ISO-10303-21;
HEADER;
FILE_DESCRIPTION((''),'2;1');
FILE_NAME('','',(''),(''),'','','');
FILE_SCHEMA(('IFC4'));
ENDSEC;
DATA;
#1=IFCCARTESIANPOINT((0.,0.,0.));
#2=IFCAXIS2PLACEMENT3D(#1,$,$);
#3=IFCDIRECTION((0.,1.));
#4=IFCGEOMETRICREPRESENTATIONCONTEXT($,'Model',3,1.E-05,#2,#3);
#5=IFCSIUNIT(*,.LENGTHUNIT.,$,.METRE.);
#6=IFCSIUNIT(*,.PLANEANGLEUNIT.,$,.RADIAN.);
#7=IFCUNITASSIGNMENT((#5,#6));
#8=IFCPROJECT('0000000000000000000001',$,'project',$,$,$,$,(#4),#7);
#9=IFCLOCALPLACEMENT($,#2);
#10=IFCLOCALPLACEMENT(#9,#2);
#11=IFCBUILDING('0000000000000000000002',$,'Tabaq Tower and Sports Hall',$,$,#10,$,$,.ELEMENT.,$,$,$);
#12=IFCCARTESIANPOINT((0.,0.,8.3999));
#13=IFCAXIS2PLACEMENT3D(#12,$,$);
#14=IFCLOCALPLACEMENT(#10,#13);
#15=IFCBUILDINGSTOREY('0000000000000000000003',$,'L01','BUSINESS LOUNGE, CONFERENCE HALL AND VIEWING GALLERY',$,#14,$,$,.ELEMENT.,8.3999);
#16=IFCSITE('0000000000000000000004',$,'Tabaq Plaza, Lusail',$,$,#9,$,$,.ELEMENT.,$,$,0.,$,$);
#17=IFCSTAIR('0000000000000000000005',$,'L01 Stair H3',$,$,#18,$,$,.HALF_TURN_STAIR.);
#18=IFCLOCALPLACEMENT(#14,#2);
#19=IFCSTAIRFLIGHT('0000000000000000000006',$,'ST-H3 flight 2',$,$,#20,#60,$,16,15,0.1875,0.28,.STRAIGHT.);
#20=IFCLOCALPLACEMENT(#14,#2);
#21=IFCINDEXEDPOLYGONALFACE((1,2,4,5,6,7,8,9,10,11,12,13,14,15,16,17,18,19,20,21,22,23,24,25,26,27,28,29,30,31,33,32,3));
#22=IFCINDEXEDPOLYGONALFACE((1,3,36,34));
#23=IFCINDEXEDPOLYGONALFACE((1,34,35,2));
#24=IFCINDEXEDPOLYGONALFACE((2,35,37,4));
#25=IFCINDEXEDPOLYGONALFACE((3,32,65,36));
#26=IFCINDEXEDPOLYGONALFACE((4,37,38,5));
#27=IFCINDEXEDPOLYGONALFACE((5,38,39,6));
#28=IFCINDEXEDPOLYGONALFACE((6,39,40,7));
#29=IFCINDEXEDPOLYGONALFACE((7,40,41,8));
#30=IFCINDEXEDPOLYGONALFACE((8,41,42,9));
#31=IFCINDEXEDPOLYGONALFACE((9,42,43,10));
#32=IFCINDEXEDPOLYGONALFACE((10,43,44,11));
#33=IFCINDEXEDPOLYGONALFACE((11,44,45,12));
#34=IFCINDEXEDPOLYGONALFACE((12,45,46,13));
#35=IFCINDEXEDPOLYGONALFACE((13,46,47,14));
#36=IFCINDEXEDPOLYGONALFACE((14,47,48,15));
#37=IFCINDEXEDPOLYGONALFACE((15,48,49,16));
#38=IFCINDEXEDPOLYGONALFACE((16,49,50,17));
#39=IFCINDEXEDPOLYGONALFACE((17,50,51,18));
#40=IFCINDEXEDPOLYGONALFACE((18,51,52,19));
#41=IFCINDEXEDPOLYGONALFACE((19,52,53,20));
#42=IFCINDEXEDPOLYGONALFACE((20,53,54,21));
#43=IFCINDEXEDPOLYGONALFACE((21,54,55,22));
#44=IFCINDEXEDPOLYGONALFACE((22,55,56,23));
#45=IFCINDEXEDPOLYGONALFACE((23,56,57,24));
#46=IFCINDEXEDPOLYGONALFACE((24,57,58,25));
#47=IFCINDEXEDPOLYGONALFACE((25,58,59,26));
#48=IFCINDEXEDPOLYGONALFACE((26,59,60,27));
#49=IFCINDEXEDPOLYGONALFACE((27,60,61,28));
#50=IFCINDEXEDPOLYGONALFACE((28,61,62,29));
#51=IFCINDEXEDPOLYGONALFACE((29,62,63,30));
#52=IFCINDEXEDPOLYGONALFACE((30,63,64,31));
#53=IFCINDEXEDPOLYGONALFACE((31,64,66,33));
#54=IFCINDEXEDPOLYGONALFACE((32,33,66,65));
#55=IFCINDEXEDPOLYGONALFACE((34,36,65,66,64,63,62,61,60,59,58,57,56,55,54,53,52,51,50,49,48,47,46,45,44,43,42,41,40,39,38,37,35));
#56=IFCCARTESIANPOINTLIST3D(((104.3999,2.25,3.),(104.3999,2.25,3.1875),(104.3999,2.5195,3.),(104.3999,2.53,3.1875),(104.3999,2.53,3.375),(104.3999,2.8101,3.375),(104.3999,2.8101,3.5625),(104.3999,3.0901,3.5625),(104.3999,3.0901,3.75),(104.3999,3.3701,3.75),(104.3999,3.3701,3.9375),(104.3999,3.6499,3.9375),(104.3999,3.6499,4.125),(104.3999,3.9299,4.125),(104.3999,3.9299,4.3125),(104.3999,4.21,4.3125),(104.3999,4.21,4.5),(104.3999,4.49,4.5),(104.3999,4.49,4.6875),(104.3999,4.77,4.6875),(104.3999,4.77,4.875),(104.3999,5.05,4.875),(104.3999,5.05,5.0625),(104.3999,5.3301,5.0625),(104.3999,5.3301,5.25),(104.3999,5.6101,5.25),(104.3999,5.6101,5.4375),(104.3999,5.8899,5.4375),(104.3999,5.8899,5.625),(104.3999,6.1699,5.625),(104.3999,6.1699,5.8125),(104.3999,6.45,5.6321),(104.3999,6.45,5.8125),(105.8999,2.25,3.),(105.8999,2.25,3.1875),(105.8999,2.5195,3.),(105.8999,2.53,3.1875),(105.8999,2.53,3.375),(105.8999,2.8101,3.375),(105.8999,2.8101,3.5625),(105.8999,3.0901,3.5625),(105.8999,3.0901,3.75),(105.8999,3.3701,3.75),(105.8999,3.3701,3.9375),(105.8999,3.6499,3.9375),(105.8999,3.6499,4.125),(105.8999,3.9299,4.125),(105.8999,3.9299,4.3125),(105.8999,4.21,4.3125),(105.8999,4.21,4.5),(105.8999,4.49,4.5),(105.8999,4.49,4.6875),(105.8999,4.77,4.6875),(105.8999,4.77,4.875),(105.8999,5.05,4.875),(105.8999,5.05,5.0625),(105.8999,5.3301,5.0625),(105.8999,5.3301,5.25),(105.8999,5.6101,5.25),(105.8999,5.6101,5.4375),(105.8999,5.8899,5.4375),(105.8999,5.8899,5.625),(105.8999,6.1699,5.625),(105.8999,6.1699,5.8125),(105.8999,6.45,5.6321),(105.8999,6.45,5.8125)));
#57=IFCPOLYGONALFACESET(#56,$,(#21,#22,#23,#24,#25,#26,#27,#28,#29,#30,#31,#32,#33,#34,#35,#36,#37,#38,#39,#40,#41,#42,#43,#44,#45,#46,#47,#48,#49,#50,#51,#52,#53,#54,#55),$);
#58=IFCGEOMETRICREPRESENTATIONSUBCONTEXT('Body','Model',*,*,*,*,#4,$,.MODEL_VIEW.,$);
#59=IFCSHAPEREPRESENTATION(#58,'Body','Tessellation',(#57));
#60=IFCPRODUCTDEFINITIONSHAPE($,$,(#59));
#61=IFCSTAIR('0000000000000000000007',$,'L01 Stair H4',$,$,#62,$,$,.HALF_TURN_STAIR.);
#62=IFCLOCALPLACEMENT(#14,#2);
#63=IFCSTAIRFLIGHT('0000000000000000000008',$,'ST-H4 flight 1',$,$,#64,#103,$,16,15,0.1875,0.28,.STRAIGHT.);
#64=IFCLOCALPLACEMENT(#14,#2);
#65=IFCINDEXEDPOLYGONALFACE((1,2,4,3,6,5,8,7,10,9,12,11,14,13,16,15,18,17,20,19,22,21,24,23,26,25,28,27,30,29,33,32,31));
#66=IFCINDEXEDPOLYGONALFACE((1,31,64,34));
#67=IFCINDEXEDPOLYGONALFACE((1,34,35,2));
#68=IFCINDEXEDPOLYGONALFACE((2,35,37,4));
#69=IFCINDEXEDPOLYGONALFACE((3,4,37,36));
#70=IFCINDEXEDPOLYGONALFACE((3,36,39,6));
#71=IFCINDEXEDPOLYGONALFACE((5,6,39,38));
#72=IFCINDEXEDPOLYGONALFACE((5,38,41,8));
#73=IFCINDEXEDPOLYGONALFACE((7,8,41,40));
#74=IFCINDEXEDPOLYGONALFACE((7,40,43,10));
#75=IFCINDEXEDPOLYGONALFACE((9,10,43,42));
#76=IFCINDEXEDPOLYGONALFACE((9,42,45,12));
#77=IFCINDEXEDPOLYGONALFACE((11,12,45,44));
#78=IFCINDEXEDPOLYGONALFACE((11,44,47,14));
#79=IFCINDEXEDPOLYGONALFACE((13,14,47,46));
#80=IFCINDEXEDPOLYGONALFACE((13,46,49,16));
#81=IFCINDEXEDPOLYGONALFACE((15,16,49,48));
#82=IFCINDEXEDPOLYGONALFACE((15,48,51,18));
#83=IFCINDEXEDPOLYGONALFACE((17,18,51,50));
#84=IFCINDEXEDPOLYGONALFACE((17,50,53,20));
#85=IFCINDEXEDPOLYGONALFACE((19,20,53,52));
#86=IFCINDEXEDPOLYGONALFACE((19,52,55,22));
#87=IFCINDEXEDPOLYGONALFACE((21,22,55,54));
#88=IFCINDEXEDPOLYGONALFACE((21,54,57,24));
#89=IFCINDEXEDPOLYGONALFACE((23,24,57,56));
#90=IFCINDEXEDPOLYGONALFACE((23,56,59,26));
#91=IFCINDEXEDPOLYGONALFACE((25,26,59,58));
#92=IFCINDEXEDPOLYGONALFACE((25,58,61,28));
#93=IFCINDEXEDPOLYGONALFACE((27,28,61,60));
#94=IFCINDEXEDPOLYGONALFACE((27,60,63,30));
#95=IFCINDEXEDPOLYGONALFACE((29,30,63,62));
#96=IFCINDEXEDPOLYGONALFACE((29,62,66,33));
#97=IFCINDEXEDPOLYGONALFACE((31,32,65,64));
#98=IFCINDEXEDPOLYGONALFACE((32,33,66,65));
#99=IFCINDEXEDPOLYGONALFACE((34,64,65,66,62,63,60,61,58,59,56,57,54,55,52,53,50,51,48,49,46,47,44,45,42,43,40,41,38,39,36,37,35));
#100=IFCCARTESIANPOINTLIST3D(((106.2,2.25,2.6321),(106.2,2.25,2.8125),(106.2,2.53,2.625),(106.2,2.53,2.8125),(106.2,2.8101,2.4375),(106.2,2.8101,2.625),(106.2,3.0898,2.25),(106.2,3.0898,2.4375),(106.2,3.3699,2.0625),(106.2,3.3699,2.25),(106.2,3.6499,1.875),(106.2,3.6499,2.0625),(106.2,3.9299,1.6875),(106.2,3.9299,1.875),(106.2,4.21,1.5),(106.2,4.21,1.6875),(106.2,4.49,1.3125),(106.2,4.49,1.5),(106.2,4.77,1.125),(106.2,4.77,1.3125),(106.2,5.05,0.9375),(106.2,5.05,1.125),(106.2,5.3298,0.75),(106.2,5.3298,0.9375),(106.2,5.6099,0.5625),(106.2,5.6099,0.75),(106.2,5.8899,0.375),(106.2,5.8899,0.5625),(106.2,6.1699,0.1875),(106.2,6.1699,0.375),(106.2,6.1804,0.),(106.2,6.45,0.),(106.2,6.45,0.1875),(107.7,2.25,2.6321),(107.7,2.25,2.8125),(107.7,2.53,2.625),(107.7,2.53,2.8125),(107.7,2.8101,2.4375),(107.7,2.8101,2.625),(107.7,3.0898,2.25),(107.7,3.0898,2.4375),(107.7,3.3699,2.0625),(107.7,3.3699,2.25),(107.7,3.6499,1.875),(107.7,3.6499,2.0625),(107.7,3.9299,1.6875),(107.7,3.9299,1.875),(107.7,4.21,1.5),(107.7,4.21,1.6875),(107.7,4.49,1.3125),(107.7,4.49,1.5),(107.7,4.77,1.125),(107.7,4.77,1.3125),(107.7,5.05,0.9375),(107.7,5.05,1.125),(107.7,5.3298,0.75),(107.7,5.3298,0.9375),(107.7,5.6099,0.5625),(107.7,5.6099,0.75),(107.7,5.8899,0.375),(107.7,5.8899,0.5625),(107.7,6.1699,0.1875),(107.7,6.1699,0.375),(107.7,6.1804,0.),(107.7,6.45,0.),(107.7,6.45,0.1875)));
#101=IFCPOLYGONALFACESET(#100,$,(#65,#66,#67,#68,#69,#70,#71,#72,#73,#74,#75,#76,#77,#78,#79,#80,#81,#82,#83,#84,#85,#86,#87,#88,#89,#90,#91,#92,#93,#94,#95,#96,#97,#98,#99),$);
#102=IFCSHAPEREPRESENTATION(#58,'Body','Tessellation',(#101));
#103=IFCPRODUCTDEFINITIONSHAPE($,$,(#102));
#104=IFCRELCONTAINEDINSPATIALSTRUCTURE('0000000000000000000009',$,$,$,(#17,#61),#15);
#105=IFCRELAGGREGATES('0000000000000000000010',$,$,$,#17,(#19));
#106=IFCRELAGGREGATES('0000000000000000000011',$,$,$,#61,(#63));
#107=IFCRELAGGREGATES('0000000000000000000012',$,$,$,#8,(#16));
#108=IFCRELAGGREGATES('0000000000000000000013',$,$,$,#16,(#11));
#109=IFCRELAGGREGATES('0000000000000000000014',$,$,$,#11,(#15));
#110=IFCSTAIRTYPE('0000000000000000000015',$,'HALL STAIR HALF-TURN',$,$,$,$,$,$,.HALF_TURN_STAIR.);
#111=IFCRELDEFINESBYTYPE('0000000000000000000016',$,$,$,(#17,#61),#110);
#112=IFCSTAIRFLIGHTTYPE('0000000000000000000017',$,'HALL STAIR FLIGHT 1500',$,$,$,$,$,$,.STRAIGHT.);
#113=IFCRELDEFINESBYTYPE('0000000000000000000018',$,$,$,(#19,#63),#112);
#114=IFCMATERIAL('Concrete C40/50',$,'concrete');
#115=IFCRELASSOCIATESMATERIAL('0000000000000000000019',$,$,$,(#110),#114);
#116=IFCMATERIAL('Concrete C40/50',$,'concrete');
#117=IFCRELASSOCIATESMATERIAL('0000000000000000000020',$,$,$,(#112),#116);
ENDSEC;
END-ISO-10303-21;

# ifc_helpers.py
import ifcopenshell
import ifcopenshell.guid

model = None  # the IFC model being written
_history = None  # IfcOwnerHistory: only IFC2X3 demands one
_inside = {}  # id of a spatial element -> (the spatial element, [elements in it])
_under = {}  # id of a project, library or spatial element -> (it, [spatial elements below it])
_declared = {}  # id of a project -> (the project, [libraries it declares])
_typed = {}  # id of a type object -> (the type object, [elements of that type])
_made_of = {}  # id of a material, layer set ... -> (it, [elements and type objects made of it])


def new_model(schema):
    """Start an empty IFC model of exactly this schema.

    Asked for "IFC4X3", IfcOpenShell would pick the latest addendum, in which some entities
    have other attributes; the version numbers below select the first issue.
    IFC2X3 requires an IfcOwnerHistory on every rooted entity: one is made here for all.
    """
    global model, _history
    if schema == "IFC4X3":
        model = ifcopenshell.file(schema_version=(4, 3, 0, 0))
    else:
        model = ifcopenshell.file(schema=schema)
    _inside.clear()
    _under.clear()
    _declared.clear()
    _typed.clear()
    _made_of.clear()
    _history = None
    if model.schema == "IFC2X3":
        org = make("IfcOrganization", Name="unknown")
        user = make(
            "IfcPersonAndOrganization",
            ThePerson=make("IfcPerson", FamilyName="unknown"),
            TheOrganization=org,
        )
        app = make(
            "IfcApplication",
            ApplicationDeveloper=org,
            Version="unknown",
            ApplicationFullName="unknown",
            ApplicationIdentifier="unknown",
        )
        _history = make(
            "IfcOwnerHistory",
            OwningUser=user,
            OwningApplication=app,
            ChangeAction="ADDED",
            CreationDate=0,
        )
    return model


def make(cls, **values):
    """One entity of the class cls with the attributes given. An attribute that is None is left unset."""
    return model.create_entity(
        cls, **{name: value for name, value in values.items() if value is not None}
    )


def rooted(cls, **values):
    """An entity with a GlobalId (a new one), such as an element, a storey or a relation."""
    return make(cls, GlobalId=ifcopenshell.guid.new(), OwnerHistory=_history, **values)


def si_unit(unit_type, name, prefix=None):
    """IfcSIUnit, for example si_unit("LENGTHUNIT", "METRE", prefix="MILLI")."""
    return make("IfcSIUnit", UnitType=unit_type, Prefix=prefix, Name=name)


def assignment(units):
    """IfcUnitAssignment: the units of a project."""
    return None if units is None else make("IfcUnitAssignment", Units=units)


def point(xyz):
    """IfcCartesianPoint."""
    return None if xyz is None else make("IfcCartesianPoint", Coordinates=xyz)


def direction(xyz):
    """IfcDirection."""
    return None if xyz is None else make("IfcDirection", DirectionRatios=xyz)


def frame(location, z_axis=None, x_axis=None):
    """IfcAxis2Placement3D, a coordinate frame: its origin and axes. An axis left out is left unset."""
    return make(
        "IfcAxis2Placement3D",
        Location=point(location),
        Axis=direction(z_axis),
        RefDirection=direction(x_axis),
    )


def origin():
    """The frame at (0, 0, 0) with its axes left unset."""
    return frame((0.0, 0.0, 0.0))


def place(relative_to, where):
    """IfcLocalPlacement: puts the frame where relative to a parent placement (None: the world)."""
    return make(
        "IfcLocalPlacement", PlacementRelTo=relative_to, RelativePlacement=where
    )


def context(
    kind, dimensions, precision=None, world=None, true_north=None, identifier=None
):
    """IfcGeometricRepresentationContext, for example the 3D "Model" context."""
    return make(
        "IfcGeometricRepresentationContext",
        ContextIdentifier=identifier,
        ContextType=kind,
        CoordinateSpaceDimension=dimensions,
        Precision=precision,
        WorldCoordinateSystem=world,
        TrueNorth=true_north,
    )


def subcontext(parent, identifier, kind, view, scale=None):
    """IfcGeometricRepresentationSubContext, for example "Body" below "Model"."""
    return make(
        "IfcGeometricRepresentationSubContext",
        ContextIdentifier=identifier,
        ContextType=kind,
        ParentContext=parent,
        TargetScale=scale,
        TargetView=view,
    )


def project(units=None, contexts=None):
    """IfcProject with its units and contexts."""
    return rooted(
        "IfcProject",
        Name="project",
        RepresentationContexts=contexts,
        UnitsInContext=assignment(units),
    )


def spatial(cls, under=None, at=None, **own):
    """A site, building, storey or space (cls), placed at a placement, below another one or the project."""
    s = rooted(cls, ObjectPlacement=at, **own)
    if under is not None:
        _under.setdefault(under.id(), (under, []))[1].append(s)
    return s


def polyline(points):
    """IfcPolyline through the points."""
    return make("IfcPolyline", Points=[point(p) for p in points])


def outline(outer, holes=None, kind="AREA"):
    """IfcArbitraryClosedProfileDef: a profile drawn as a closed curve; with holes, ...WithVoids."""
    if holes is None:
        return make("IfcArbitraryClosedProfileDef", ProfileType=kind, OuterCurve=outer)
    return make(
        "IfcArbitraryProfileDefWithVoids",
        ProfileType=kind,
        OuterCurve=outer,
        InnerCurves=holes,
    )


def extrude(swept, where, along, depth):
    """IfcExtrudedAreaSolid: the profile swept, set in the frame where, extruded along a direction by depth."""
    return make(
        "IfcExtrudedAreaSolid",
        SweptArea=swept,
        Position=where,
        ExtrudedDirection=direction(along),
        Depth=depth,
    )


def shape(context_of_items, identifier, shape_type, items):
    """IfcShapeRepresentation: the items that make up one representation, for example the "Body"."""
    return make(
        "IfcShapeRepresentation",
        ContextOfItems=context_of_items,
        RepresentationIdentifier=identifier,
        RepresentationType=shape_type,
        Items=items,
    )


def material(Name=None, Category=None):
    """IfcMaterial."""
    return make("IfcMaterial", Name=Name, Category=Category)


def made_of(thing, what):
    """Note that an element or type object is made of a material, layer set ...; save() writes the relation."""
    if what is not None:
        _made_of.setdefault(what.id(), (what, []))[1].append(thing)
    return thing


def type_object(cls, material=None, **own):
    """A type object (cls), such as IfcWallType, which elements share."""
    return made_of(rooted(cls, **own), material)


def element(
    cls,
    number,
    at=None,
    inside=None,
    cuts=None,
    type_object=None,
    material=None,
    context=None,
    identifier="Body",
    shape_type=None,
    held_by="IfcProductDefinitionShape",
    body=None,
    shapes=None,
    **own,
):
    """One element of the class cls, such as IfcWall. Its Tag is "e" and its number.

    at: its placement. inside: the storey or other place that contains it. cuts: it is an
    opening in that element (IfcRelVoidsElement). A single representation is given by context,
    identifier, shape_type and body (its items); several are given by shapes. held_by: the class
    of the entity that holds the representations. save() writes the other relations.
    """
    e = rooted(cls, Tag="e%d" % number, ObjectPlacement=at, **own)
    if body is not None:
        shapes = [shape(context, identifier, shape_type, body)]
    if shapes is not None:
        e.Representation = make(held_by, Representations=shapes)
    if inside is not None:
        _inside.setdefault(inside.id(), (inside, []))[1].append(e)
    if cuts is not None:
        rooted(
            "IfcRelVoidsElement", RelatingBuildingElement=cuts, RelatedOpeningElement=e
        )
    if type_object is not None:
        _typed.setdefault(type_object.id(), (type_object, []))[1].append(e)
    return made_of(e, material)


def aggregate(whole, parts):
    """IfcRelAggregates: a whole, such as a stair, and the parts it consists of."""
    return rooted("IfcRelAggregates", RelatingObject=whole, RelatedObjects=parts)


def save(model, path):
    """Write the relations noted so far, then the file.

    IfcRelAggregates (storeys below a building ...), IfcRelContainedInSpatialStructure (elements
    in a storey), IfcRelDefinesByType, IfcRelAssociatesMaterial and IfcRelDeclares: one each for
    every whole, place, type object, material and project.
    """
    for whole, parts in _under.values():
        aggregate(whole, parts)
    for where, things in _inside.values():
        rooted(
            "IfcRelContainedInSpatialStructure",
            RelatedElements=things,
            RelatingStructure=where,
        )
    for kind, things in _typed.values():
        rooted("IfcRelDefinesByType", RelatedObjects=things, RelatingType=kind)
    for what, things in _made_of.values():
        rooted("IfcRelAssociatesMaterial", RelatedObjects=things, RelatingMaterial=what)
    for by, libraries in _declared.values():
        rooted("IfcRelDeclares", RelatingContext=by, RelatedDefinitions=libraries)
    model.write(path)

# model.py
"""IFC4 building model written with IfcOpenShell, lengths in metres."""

from ifc_helpers import new_model, si_unit, direction, frame, origin, place, context, subcontext, project, spatial, polyline, outline, extrude, material, type_object, element, aggregate, save


model = new_model("IFC4")

# Units and contexts
model_context = context("Model", 3, precision=1e-05, world=origin(), true_north=direction((0.0, 1.0)))
body_context = subcontext(model_context, "Body", "Model", "MODEL_VIEW")
ifc_project = project(units=[si_unit("LENGTHUNIT", "METRE"), si_unit("PLANEANGLEUNIT", "RADIAN")], contexts=[model_context])

# Site, building, storey
site_placement = place(None, origin())
site = spatial("IfcSite", under=ifc_project, at=site_placement, Name="Tabaq Plaza, Lusail", CompositionType="ELEMENT", RefElevation=0.0)
building_placement = place(site_placement, origin())
building = spatial("IfcBuilding", under=site, at=building_placement, Name="Tabaq Tower and Sports Hall", CompositionType="ELEMENT")
storey_placement = place(building_placement, frame((0.0, 0.0, 8.3999)))
storey = spatial("IfcBuildingStorey", under=building, at=storey_placement, Name="L01", Description="BUSINESS LOUNGE, CONFERENCE HALL AND VIEWING GALLERY", CompositionType="ELEMENT", Elevation=8.3999)

# Stair, stair flight
ifc_material_1 = material(Name="Concrete C40/50", Category="concrete")
stair_type = type_object("IfcStairType", Name="HALL STAIR HALF-TURN", PredefinedType="HALF_TURN_STAIR", material=ifc_material_1)
stair_1_placement = place(storey_placement, origin())
stair_1 = element("IfcStair", 1, at=stair_1_placement, inside=storey, type_object=stair_type, Name="L01 Stair H3", PredefinedType="HALF_TURN_STAIR")
ifc_material_2 = material(Name="Concrete C40/50", Category="concrete")
stair_flight_type = type_object("IfcStairFlightType", Name="HALL STAIR FLIGHT 1500", PredefinedType="STRAIGHT", material=ifc_material_2)
stair_flight_1_placement = place(storey_placement, frame((105.1499, 2.25, 3.0), z_axis=(0.0, 0.0, 1.0), x_axis=(0.0, 1.0, 0.0)))
stair_flight_1 = element("IfcStairFlight", 2, at=stair_flight_1_placement, type_object=stair_flight_type, Name="ST-H3 flight 2", NumberOfRisers=16, NumberOfTreads=15, PredefinedType="STRAIGHT", RiserHeight=0.1875, TreadLength=0.28, context=body_context, shape_type="SweptSolid", body=[
    extrude(outline(polyline([(0.0, 0.0), (0.0, 0.1875), (0.28, 0.1875), (0.28, 0.375), (0.5601, 0.375), (0.5601, 0.5625), (0.8401, 0.5625), (0.8401, 0.75), (1.1201, 0.75), (1.1201, 0.9375), (1.3999, 0.9375), (1.3999, 1.125), (1.6799, 1.125), (1.6799, 1.3125), (1.96, 1.3125), (1.96, 1.5), (2.24, 1.5), (2.24, 1.6875), (2.52, 1.6875), (2.52, 1.875), (2.8, 1.875), (2.8, 2.0625), (3.0801, 2.0625), (3.0801, 2.25), (3.3601, 2.25), (3.3601, 2.4375), (3.6399, 2.4375), (3.6399, 2.625), (3.9199, 2.625), (3.9199, 2.8125), (4.2, 2.8125), (4.2, 3.0), (4.2, 2.6321), (0.2695, 0.0), (0.0, 0.0)])), frame((0.0, 0.75, 0.0), z_axis=(0.0, -1.0, 0.0), x_axis=(1.0, 0.0, 0.0)), (0.0, 0.0, 1.0), 1.5),
])
aggregate(stair_1, [stair_flight_1])

# Stair, stair flight
stair_2_placement = place(storey_placement, origin())
stair_2 = element("IfcStair", 3, at=stair_2_placement, inside=storey, type_object=stair_type, Name="L01 Stair H4", PredefinedType="HALF_TURN_STAIR")
stair_flight_2_placement = place(storey_placement, frame((106.95, 6.45, 0.0), z_axis=(0.0, 0.0, 1.0), x_axis=(0.0, -1.0, 0.0)))
stair_flight_2 = element("IfcStairFlight", 4, at=stair_flight_2_placement, type_object=stair_flight_type, Name="ST-H4 flight 1", NumberOfRisers=16, NumberOfTreads=15, PredefinedType="STRAIGHT", RiserHeight=0.1875, TreadLength=0.28, context=body_context, shape_type="SweptSolid", body=[
    extrude(outline(polyline([(0.0, 0.0), (0.0, 0.1875), (0.28, 0.1875), (0.28, 0.375), (0.5601, 0.375), (0.5601, 0.5625), (0.8401, 0.5625), (0.8401, 0.75), (1.1201, 0.75), (1.1201, 0.9375), (1.3999, 0.9375), (1.3999, 1.125), (1.6799, 1.125), (1.6799, 1.3125), (1.96, 1.3125), (1.96, 1.5), (2.24, 1.5), (2.24, 1.6875), (2.52, 1.6875), (2.52, 1.875), (2.8, 1.875), (2.8, 2.0625), (3.0801, 2.0625), (3.0801, 2.25), (3.3601, 2.25), (3.3601, 2.4375), (3.6399, 2.4375), (3.6399, 2.625), (3.9199, 2.625), (3.9199, 2.8125), (4.2, 2.8125), (4.2, 3.0), (4.2, 2.6321), (0.2695, 0.0), (0.0, 0.0)])), frame((0.0, 0.75, 0.0), z_axis=(0.0, -1.0, 0.0), x_axis=(1.0, 0.0, 0.0)), (0.0, 0.0, 1.0), 1.5),
])
aggregate(stair_2, [stair_flight_2])

save(model, "model.ifc")
